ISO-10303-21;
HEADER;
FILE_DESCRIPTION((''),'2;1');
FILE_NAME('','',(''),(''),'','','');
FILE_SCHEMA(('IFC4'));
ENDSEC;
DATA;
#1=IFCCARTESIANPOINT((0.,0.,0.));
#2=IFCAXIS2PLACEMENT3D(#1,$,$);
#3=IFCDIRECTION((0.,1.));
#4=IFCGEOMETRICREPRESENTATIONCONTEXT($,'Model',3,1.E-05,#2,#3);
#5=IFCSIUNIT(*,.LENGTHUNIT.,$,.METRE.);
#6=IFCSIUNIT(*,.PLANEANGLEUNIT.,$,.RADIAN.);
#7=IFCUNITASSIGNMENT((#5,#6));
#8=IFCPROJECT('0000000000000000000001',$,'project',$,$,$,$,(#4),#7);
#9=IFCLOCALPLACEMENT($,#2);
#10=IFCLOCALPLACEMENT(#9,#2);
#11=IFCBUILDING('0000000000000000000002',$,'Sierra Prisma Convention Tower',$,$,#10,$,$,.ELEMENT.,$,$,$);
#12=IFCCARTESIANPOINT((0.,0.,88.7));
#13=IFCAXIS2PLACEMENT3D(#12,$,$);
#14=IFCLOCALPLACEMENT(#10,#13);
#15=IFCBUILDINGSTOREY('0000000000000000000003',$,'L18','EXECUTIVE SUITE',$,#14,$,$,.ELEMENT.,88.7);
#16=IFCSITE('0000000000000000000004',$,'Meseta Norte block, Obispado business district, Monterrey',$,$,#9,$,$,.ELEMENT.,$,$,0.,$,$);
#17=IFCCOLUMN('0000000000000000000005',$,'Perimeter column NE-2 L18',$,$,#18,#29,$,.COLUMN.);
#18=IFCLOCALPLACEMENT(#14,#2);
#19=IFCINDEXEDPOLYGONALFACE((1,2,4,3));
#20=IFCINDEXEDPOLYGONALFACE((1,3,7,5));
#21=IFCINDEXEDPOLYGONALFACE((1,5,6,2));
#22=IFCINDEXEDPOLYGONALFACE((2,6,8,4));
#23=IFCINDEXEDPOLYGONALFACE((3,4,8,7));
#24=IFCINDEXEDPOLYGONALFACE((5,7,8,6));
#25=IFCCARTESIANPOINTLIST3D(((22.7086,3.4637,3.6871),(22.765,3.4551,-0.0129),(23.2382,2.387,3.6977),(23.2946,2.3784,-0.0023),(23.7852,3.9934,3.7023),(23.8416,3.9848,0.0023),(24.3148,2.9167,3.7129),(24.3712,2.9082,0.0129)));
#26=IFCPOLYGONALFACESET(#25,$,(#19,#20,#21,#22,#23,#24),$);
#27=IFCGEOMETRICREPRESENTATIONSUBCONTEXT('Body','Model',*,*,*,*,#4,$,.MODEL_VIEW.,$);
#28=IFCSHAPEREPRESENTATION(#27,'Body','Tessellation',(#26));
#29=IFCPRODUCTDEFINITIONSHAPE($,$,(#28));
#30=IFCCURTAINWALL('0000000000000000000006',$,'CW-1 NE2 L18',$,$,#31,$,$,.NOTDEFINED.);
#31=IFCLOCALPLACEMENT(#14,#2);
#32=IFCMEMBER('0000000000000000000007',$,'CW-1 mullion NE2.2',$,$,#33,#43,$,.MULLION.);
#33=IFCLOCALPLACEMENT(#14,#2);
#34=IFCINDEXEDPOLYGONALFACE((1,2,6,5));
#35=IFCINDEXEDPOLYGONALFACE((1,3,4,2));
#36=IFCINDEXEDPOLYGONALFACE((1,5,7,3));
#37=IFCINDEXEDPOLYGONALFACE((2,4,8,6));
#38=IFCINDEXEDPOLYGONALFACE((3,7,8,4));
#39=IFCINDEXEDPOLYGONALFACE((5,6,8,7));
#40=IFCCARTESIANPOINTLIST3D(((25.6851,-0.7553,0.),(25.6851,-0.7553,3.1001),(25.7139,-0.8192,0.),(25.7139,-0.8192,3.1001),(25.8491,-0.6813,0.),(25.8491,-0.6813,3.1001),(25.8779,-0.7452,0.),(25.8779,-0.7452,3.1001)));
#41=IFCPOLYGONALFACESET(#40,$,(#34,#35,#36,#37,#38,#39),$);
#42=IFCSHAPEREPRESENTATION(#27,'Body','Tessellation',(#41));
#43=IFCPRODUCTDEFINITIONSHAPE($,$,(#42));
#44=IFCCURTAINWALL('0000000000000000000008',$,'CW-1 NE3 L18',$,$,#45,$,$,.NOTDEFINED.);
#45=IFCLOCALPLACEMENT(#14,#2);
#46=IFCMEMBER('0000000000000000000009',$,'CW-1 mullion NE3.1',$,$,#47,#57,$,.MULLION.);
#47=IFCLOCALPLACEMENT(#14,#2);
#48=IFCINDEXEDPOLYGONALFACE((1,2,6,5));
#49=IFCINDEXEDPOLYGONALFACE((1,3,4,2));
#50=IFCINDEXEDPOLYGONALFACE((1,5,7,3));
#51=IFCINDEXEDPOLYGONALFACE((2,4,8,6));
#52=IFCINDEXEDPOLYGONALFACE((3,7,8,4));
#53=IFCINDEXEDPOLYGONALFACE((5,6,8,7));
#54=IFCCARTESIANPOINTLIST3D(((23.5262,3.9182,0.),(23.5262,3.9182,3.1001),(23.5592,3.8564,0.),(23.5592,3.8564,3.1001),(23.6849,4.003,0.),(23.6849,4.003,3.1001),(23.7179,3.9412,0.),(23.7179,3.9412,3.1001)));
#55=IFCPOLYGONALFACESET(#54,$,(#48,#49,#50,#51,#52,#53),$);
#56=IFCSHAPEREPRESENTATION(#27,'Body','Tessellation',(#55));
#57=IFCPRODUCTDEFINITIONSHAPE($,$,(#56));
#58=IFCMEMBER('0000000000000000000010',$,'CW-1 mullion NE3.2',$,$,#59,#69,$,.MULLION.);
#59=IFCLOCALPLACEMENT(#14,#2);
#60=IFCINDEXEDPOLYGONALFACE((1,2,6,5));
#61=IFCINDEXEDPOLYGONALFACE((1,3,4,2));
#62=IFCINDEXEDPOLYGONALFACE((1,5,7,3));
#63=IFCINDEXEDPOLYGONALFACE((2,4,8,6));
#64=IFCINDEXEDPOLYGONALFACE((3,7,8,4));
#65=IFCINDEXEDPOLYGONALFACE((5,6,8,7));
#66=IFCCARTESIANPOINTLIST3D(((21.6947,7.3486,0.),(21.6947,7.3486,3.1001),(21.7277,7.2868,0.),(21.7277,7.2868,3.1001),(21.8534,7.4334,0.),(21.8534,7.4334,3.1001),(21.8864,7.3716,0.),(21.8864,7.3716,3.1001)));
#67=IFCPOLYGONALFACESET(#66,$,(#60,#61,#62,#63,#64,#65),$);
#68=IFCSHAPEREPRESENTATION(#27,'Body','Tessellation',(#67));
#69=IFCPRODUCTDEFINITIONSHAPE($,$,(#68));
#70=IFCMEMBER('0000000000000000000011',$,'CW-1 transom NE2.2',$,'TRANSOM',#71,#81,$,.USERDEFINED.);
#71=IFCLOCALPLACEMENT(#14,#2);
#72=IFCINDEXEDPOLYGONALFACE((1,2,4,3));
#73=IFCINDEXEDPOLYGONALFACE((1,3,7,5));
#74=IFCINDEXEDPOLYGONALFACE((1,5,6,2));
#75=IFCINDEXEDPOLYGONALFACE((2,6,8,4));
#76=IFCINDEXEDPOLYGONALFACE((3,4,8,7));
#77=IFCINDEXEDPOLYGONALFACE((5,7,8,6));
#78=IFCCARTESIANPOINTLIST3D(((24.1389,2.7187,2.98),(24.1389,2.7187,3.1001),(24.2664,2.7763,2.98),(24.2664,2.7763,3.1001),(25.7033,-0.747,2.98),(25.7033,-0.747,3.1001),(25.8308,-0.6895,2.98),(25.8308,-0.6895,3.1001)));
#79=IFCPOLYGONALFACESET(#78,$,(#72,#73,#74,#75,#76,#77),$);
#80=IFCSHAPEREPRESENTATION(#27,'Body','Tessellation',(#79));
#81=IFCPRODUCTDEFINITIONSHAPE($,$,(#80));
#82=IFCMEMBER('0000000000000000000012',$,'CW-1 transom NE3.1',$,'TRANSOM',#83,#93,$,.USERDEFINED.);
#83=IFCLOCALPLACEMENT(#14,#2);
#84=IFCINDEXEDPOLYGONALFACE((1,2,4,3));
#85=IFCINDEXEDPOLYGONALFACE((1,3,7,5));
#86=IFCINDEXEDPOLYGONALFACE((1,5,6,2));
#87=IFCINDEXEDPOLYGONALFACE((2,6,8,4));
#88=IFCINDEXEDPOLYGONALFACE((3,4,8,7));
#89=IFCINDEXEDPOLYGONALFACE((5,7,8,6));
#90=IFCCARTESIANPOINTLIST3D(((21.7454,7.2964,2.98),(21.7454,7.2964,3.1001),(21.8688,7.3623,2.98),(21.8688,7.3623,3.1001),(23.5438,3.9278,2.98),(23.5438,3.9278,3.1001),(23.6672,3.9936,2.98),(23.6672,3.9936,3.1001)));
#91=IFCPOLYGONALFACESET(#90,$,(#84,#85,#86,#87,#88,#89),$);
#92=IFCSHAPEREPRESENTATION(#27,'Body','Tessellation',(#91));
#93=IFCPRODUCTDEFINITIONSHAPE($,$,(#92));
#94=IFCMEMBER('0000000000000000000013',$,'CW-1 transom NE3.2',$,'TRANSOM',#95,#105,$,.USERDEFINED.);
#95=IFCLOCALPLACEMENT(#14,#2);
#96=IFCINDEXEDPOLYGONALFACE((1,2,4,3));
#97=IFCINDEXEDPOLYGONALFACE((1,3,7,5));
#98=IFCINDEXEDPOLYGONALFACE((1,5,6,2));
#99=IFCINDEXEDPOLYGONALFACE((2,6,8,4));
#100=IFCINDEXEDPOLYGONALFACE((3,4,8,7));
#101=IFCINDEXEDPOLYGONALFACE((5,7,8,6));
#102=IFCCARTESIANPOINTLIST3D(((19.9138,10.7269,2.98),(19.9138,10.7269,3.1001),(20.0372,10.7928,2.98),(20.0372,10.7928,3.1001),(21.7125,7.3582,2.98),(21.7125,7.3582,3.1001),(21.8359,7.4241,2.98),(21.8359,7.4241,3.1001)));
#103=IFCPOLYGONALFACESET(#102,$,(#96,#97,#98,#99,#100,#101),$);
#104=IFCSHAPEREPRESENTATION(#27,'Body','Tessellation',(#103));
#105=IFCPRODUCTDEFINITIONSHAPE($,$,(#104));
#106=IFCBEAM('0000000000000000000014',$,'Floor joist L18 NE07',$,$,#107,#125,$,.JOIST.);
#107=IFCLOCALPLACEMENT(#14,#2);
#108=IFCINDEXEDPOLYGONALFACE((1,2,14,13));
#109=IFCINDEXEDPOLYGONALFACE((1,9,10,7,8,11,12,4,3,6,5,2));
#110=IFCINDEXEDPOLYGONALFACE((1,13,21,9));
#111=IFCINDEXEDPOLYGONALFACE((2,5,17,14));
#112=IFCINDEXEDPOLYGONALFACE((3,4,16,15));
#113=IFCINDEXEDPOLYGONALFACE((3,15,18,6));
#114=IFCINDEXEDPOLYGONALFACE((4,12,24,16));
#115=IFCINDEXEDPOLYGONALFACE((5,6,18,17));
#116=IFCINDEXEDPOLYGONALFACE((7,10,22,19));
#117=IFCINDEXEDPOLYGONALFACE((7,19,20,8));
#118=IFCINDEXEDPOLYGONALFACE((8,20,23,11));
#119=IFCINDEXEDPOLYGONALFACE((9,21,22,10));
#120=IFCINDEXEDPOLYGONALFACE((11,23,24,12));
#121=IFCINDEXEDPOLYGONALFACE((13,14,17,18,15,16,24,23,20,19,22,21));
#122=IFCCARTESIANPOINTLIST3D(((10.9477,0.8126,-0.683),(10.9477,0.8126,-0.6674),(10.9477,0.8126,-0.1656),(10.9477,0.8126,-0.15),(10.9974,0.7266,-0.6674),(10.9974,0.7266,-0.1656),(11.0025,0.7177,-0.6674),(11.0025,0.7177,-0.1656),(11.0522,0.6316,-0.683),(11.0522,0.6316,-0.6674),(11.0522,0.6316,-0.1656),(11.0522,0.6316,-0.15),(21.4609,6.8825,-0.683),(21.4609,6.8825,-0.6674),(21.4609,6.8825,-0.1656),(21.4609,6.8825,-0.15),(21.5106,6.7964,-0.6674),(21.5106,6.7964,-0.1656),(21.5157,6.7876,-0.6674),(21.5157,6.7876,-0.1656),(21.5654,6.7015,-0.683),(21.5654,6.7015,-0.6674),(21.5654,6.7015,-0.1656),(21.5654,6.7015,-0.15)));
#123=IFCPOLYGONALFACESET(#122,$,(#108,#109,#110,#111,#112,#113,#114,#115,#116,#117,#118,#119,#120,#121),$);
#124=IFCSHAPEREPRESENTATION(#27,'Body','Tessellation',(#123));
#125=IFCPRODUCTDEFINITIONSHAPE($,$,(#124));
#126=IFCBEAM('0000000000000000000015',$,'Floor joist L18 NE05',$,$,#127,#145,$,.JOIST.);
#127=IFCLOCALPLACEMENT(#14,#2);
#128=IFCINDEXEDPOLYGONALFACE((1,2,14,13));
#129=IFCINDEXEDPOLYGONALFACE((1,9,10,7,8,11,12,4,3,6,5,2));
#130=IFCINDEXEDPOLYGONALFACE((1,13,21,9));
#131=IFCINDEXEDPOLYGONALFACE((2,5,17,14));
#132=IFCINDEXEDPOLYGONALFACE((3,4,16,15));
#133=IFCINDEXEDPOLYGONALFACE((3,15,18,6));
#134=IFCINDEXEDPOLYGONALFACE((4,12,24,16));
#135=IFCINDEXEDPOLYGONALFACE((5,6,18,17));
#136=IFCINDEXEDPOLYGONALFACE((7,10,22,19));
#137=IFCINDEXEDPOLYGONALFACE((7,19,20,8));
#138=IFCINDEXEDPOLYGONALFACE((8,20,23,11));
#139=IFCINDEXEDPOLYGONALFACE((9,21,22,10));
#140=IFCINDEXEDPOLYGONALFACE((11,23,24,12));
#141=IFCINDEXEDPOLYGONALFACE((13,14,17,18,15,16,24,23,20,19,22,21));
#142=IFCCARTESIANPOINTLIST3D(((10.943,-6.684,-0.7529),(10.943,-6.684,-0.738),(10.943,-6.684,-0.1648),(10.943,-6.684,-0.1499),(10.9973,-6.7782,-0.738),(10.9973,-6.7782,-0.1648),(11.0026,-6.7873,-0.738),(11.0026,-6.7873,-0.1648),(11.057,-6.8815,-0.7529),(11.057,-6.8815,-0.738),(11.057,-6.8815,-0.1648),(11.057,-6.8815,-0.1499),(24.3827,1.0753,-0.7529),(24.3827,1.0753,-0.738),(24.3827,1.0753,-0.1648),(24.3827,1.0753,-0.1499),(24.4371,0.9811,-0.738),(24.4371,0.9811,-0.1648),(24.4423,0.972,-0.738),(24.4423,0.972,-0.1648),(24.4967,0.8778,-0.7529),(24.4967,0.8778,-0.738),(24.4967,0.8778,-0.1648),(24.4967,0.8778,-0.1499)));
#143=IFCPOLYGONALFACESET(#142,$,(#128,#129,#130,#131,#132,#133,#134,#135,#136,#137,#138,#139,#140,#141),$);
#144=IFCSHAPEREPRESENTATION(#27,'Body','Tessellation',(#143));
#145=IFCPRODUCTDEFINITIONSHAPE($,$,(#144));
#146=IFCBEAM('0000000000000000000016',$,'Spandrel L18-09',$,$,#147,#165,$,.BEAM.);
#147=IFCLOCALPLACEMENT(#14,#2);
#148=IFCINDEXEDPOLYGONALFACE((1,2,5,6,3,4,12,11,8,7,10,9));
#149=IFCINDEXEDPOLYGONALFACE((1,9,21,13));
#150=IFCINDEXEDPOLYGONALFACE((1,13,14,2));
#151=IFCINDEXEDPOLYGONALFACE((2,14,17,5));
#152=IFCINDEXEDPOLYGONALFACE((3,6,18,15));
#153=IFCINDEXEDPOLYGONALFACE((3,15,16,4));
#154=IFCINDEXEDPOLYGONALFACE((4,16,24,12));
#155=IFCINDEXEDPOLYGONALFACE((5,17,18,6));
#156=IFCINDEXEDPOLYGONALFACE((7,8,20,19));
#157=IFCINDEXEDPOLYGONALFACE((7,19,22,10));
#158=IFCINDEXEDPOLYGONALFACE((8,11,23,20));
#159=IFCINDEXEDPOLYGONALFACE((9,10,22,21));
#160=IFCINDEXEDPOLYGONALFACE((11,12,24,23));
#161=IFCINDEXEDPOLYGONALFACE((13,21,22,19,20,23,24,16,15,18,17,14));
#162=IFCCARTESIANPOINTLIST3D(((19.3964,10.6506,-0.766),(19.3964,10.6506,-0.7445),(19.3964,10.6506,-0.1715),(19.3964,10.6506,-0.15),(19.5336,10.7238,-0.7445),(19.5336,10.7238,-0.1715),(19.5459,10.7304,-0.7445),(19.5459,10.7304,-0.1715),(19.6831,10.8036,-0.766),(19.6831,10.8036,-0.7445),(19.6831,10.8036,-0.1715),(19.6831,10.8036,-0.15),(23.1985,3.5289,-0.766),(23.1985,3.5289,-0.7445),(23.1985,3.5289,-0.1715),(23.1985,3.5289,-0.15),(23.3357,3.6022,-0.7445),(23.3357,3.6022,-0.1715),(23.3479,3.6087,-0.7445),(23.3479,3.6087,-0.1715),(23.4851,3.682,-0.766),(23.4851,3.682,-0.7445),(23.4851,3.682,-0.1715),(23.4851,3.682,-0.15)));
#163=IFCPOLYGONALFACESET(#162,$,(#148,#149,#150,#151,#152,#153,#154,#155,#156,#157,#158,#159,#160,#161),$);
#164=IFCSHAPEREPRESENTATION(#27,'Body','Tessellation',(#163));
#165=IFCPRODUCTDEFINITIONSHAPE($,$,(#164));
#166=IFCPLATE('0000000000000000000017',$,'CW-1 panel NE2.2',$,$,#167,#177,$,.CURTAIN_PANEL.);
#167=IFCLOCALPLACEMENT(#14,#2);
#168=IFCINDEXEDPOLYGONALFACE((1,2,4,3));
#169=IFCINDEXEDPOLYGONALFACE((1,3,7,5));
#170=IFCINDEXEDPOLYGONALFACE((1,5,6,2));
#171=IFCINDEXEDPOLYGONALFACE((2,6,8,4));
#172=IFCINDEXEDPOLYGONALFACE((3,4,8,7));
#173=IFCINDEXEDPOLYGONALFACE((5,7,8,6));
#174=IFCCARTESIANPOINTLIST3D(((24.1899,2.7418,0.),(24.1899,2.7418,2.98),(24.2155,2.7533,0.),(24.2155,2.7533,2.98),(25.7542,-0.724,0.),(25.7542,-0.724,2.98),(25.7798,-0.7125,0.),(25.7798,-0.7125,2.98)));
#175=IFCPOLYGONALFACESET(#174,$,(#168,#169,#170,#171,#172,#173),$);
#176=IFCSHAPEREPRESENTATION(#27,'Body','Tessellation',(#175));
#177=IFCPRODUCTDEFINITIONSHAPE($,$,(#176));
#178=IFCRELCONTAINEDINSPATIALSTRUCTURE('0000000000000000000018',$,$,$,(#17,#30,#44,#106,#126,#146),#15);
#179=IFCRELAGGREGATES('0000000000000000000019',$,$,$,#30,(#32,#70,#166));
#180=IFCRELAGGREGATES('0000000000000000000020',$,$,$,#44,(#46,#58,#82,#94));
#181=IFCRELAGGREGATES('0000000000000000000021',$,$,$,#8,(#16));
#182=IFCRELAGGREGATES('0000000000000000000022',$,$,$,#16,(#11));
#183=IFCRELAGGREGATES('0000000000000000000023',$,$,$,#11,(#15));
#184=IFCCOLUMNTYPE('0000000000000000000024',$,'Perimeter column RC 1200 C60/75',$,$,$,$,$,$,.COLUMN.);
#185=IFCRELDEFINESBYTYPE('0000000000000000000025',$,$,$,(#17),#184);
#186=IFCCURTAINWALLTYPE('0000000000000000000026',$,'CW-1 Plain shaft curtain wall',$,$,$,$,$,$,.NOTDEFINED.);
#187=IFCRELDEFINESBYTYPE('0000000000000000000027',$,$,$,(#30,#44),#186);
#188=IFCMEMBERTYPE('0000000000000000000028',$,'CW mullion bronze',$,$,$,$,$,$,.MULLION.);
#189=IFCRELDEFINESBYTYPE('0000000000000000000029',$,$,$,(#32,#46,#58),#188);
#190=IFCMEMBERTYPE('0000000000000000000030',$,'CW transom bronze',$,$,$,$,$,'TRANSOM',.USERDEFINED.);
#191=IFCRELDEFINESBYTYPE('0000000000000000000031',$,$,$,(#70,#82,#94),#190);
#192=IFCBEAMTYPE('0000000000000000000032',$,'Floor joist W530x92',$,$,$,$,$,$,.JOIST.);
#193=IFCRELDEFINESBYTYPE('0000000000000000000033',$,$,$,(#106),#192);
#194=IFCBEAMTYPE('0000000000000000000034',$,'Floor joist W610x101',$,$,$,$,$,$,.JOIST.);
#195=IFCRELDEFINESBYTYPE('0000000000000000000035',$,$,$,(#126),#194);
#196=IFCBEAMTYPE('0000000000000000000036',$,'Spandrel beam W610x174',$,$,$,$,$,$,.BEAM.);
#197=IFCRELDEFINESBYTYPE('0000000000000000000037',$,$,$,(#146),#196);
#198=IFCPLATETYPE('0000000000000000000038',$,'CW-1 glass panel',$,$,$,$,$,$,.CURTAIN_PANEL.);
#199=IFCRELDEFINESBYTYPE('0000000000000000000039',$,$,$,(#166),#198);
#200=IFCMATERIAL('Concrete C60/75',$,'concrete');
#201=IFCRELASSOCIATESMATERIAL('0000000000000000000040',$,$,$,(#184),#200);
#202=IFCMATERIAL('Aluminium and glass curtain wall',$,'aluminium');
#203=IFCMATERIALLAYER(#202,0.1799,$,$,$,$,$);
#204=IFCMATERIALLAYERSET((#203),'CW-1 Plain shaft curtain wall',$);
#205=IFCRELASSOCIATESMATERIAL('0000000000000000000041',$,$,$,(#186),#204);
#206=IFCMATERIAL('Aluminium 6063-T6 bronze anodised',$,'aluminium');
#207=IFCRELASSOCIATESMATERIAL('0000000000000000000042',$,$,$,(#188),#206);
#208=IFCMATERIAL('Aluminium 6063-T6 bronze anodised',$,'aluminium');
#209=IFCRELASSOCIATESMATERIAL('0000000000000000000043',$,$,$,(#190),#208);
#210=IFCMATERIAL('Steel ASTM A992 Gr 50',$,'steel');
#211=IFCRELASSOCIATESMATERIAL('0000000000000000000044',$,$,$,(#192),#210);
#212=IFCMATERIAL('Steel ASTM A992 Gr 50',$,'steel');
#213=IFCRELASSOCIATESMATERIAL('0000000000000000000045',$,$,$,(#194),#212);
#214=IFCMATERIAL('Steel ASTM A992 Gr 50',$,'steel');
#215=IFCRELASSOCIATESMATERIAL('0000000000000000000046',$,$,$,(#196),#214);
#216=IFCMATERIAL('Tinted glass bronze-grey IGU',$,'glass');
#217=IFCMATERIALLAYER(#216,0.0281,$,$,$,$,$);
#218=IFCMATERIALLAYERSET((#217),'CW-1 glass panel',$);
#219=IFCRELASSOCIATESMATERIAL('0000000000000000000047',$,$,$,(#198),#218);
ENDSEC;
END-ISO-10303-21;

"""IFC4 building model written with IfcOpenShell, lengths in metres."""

from ifc_helpers import new_model, si_unit, direction, frame, origin, origin_2d, place, context, subcontext, project, spatial, rectangle, i_section, extrude, material, layer, layer_set, material_profile, profile_set, type_object, element, aggregate, save


model = new_model("IFC4")

# Units and contexts
model_context = context("Model", 3, precision=1e-05, world=origin(), true_north=direction((0.0, 1.0)))
body_context = subcontext(model_context, "Body", "Model", "MODEL_VIEW")
ifc_project = project(units=[si_unit("LENGTHUNIT", "METRE"), si_unit("PLANEANGLEUNIT", "RADIAN")], contexts=[model_context])

# Site, building, storey
site_placement = place(None, origin())
site = spatial("IfcSite", under=ifc_project, at=site_placement, Name="Meseta Norte block, Obispado business district, Monterrey", CompositionType="ELEMENT", RefElevation=0.0)
building_placement = place(site_placement, origin())
building = spatial("IfcBuilding", under=site, at=building_placement, Name="Sierra Prisma Convention Tower", CompositionType="ELEMENT")
storey_placement = place(building_placement, frame((0.0, 0.0, 88.7)))
storey = spatial("IfcBuildingStorey", under=building, at=storey_placement, Name="L18", Description="EXECUTIVE SUITE", CompositionType="ELEMENT", Elevation=88.7)

# Column
ifc_material_1 = material(Name="Concrete C60/75", Category="concrete")
ifc_material_profile_1 = material_profile(ifc_material_1, rectangle(XDim=1.2, YDim=1.2, at=origin_2d()), Name="Perimeter column RC 1200 C60/75")
ifc_profile_set_1 = profile_set([ifc_material_profile_1], Name="Concrete C60/75")
column_type = type_object("IfcColumnType", Name="Perimeter column RC 1200 C60/75", PredefinedType="COLUMN", material=ifc_profile_set_1)
column_placement = place(storey_placement, frame((23.5681, 3.1816, 0.0), z_axis=(-0.015241, 0.002309, 0.999881), x_axis=(-0.441368, 0.897283, -0.0088)))
element("IfcColumn", 1, at=column_placement, inside=storey, type_object=column_type, Name="Perimeter column NE-2 L18", PredefinedType="COLUMN", context=body_context, shape_type="SweptSolid", body=[
    extrude(rectangle(XDim=1.2, YDim=1.2, at=origin_2d()), origin(), (0.0, 0.0, 1.0), 3.7004),
])

# Curtain wall, member
ifc_material_2 = material(Name="Aluminium and glass curtain wall", Category="aluminium")
ifc_layer_1 = layer(ifc_material_2, 0.1799)
ifc_layer_set_1 = layer_set([ifc_layer_1], Name="CW-1 Plain shaft curtain wall")
curtain_wall_type = type_object("IfcCurtainWallType", Name="CW-1 Plain shaft curtain wall", PredefinedType="NOTDEFINED", material=ifc_layer_set_1)
curtain_wall_1_placement = place(storey_placement, origin())
curtain_wall_1 = element("IfcCurtainWall", 2, at=curtain_wall_1_placement, inside=storey, type_object=curtain_wall_type, Name="CW-1 NE2 L18", PredefinedType="NOTDEFINED")
ifc_material_3 = material(Name="Aluminium 6063-T6 bronze anodised", Category="aluminium")
ifc_material_profile_2 = material_profile(ifc_material_3, rectangle(XDim=0.1799, YDim=0.0701, at=origin_2d()), Name="ALU MULLION 70x180")
ifc_profile_set_2 = profile_set([ifc_material_profile_2], Name="Aluminium 6063-T6 bronze anodised")
member_type_1 = type_object("IfcMemberType", Name="CW mullion bronze", PredefinedType="MULLION", material=ifc_profile_set_2)
member_1_placement = place(storey_placement, frame((25.7815, -0.7502, 0.0), z_axis=(0.0, 0.0, 1.0), x_axis=(-0.911463, -0.411382, 0.0)))
member_1 = element("IfcMember", 3, at=member_1_placement, type_object=member_type_1, Name="CW-1 mullion NE2.2", PredefinedType="MULLION", context=body_context, shape_type="SweptSolid", body=[
    extrude(rectangle(XDim=0.1799, YDim=0.0701, at=origin_2d()), origin(), (0.0, 0.0, 1.0), 3.1001),
])

# Curtain wall, members
curtain_wall_2_placement = place(storey_placement, origin())
curtain_wall_2 = element("IfcCurtainWall", 4, at=curtain_wall_2_placement, inside=storey, type_object=curtain_wall_type, Name="CW-1 NE3 L18", PredefinedType="NOTDEFINED")
member_2_placement = place(storey_placement, frame((23.6221, 3.9297, 0.0), z_axis=(0.0, 0.0, 1.0), x_axis=(-0.88215, -0.470969, 0.0)))
member_2 = element("IfcMember", 5, at=member_2_placement, type_object=member_type_1, Name="CW-1 mullion NE3.1", PredefinedType="MULLION", context=body_context, shape_type="SweptSolid", body=[
    extrude(rectangle(XDim=0.1799, YDim=0.0701, at=origin_2d()), origin(), (0.0, 0.0, 1.0), 3.1001),
])
member_3_placement = place(storey_placement, frame((21.7905, 7.3601, 0.0), z_axis=(0.0, 0.0, 1.0), x_axis=(-0.88215, -0.470969, 0.0)))
member_3 = element("IfcMember", 6, at=member_3_placement, type_object=member_type_1, Name="CW-1 mullion NE3.2", PredefinedType="MULLION", context=body_context, shape_type="SweptSolid", body=[
    extrude(rectangle(XDim=0.1799, YDim=0.0701, at=origin_2d()), origin(), (0.0, 0.0, 1.0), 3.1001),
])

# Members
ifc_material_4 = material(Name="Aluminium 6063-T6 bronze anodised", Category="aluminium")
ifc_material_profile_3 = material_profile(ifc_material_4, rectangle(XDim=0.1399, YDim=0.1201, at=origin_2d()), Name="ALU TRANSOM 120x140")
ifc_profile_set_3 = profile_set([ifc_material_profile_3], Name="Aluminium 6063-T6 bronze anodised")
member_type_2 = type_object("IfcMemberType", Name="CW transom bronze", ElementType="TRANSOM", PredefinedType="USERDEFINED", material=ifc_profile_set_3)
member_4_placement = place(storey_placement, frame((25.7671, -0.7183, 3.04), z_axis=(-0.411422, 0.911445, 0.0), x_axis=(-0.911445, -0.411422, 0.0)))
member_4 = element("IfcMember", 7, at=member_4_placement, type_object=member_type_2, Name="CW-1 transom NE2.2", ObjectType="TRANSOM", PredefinedType="USERDEFINED", context=body_context, shape_type="SweptSolid", body=[
    extrude(rectangle(XDim=0.1399, YDim=0.1201, at=origin_2d()), origin(), (0.0, 0.0, 1.0), 3.8025),
])
member_5_placement = place(storey_placement, frame((23.6055, 3.9607, 3.04), z_axis=(-0.47094, 0.882165, 0.0), x_axis=(-0.882165, -0.47094, 0.0)))
member_5 = element("IfcMember", 8, at=member_5_placement, type_object=member_type_2, Name="CW-1 transom NE3.1", ObjectType="TRANSOM", PredefinedType="USERDEFINED", context=body_context, shape_type="SweptSolid", body=[
    extrude(rectangle(XDim=0.1399, YDim=0.1201, at=origin_2d()), origin(), (0.0, 0.0, 1.0), 3.8186),
])
member_6_placement = place(storey_placement, frame((21.7742, 7.3911, 3.04), z_axis=(-0.47099, 0.882139, 0.0), x_axis=(-0.882139, -0.47099, 0.0)))
member_6 = element("IfcMember", 9, at=member_6_placement, type_object=member_type_2, Name="CW-1 transom NE3.2", ObjectType="TRANSOM", PredefinedType="USERDEFINED", context=body_context, shape_type="SweptSolid", body=[
    extrude(rectangle(XDim=0.1399, YDim=0.1201, at=origin_2d()), origin(), (0.0, 0.0, 1.0), 3.8188),
])

# Beams
ifc_material_5 = material(Name="Steel ASTM A992 Gr 50", Category="steel")
ifc_material_profile_4 = material_profile(ifc_material_5, i_section(OverallWidth=0.209, OverallDepth=0.533, WebThickness=0.0103, FlangeThickness=0.0156, at=origin_2d()), Name="W530x92")
ifc_profile_set_4 = profile_set([ifc_material_profile_4], Name="Steel ASTM A992 Gr 50")
beam_type_1 = type_object("IfcBeamType", Name="Floor joist W530x92", PredefinedType="JOIST", material=ifc_profile_set_4)
beam_1_placement = place(storey_placement, frame((21.5132, 6.792, -0.4165), z_axis=(-0.866024, -0.500002, 0.0), x_axis=(0.500002, -0.866024, 0.0)))
element("IfcBeam", 10, at=beam_1_placement, inside=storey, type_object=beam_type_1, Name="Floor joist L18 NE07", PredefinedType="JOIST", context=body_context, shape_type="SweptSolid", body=[
    extrude(i_section(OverallWidth=0.209, OverallDepth=0.533, WebThickness=0.0103, FlangeThickness=0.0156, at=origin_2d()), origin(), (0.0, 0.0, 1.0), 12.1396),
])
ifc_material_6 = material(Name="Steel ASTM A992 Gr 50", Category="steel")
ifc_material_profile_5 = material_profile(ifc_material_6, i_section(OverallWidth=0.228, OverallDepth=0.603, WebThickness=0.0105, FlangeThickness=0.0149, at=origin_2d()), Name="W610x101")
ifc_profile_set_5 = profile_set([ifc_material_profile_5], Name="Steel ASTM A992 Gr 50")
beam_type_2 = type_object("IfcBeamType", Name="Floor joist W610x101", PredefinedType="JOIST", material=ifc_profile_set_5)
beam_2_placement = place(storey_placement, frame((24.4397, 0.9766, -0.4514), z_axis=(-0.866029, -0.499993, 0.0), x_axis=(0.499993, -0.866029, 0.0)))
element("IfcBeam", 11, at=beam_2_placement, inside=storey, type_object=beam_type_2, Name="Floor joist L18 NE05", PredefinedType="JOIST", context=body_context, shape_type="SweptSolid", body=[
    extrude(i_section(OverallWidth=0.228, OverallDepth=0.603, WebThickness=0.0105, FlangeThickness=0.0149, at=origin_2d()), origin(), (0.0, 0.0, 1.0), 15.5188),
])
ifc_material_7 = material(Name="Steel ASTM A992 Gr 50", Category="steel")
ifc_material_profile_6 = material_profile(ifc_material_7, i_section(OverallWidth=0.325, OverallDepth=0.616, WebThickness=0.0139, FlangeThickness=0.0215, at=origin_2d()), Name="W610x174")
ifc_profile_set_6 = profile_set([ifc_material_profile_6], Name="Steel ASTM A992 Gr 50")
beam_type_3 = type_object("IfcBeamType", Name="Spandrel beam W610x174", PredefinedType="BEAM", material=ifc_profile_set_6)
beam_3_placement = place(storey_placement, frame((23.3418, 3.6055, -0.458), z_axis=(-0.470957, 0.882156, 0.0), x_axis=(-0.882156, -0.470957, 0.0)))
element("IfcBeam", 12, at=beam_3_placement, inside=storey, type_object=beam_type_3, Name="Spandrel L18-09", PredefinedType="BEAM", context=body_context, shape_type="SweptSolid", body=[
    extrude(i_section(OverallWidth=0.325, OverallDepth=0.616, WebThickness=0.0139, FlangeThickness=0.0215, at=origin_2d()), origin(), (0.0, 0.0, 1.0), 8.073),
])

# Plate
ifc_material_8 = material(Name="Tinted glass bronze-grey IGU", Category="glass")
ifc_layer_2 = layer(ifc_material_8, 0.0281)
ifc_layer_set_2 = layer_set([ifc_layer_2], Name="CW-1 glass panel")
plate_type = type_object("IfcPlateType", Name="CW-1 glass panel", PredefinedType="CURTAIN_PANEL", material=ifc_layer_set_2)
plate_1_placement = place(storey_placement, frame((24.9849, 1.0146, 0.0), z_axis=(0.0, 0.0, 1.0), x_axis=(-0.411382, 0.911463, 0.0)))
plate_1 = element("IfcPlate", 13, at=plate_1_placement, type_object=plate_type, Name="CW-1 panel NE2.2", PredefinedType="CURTAIN_PANEL", context=body_context, shape_type="SweptSolid", body=[
    extrude(rectangle(XDim=3.8025, YDim=0.0281, at=origin_2d()), origin(), (0.0, 0.0, 1.0), 2.98),
])
aggregate(curtain_wall_1, [member_1, member_4, plate_1])
aggregate(curtain_wall_2, [member_2, member_3, member_5, member_6])

save(model, "model.ifc")
